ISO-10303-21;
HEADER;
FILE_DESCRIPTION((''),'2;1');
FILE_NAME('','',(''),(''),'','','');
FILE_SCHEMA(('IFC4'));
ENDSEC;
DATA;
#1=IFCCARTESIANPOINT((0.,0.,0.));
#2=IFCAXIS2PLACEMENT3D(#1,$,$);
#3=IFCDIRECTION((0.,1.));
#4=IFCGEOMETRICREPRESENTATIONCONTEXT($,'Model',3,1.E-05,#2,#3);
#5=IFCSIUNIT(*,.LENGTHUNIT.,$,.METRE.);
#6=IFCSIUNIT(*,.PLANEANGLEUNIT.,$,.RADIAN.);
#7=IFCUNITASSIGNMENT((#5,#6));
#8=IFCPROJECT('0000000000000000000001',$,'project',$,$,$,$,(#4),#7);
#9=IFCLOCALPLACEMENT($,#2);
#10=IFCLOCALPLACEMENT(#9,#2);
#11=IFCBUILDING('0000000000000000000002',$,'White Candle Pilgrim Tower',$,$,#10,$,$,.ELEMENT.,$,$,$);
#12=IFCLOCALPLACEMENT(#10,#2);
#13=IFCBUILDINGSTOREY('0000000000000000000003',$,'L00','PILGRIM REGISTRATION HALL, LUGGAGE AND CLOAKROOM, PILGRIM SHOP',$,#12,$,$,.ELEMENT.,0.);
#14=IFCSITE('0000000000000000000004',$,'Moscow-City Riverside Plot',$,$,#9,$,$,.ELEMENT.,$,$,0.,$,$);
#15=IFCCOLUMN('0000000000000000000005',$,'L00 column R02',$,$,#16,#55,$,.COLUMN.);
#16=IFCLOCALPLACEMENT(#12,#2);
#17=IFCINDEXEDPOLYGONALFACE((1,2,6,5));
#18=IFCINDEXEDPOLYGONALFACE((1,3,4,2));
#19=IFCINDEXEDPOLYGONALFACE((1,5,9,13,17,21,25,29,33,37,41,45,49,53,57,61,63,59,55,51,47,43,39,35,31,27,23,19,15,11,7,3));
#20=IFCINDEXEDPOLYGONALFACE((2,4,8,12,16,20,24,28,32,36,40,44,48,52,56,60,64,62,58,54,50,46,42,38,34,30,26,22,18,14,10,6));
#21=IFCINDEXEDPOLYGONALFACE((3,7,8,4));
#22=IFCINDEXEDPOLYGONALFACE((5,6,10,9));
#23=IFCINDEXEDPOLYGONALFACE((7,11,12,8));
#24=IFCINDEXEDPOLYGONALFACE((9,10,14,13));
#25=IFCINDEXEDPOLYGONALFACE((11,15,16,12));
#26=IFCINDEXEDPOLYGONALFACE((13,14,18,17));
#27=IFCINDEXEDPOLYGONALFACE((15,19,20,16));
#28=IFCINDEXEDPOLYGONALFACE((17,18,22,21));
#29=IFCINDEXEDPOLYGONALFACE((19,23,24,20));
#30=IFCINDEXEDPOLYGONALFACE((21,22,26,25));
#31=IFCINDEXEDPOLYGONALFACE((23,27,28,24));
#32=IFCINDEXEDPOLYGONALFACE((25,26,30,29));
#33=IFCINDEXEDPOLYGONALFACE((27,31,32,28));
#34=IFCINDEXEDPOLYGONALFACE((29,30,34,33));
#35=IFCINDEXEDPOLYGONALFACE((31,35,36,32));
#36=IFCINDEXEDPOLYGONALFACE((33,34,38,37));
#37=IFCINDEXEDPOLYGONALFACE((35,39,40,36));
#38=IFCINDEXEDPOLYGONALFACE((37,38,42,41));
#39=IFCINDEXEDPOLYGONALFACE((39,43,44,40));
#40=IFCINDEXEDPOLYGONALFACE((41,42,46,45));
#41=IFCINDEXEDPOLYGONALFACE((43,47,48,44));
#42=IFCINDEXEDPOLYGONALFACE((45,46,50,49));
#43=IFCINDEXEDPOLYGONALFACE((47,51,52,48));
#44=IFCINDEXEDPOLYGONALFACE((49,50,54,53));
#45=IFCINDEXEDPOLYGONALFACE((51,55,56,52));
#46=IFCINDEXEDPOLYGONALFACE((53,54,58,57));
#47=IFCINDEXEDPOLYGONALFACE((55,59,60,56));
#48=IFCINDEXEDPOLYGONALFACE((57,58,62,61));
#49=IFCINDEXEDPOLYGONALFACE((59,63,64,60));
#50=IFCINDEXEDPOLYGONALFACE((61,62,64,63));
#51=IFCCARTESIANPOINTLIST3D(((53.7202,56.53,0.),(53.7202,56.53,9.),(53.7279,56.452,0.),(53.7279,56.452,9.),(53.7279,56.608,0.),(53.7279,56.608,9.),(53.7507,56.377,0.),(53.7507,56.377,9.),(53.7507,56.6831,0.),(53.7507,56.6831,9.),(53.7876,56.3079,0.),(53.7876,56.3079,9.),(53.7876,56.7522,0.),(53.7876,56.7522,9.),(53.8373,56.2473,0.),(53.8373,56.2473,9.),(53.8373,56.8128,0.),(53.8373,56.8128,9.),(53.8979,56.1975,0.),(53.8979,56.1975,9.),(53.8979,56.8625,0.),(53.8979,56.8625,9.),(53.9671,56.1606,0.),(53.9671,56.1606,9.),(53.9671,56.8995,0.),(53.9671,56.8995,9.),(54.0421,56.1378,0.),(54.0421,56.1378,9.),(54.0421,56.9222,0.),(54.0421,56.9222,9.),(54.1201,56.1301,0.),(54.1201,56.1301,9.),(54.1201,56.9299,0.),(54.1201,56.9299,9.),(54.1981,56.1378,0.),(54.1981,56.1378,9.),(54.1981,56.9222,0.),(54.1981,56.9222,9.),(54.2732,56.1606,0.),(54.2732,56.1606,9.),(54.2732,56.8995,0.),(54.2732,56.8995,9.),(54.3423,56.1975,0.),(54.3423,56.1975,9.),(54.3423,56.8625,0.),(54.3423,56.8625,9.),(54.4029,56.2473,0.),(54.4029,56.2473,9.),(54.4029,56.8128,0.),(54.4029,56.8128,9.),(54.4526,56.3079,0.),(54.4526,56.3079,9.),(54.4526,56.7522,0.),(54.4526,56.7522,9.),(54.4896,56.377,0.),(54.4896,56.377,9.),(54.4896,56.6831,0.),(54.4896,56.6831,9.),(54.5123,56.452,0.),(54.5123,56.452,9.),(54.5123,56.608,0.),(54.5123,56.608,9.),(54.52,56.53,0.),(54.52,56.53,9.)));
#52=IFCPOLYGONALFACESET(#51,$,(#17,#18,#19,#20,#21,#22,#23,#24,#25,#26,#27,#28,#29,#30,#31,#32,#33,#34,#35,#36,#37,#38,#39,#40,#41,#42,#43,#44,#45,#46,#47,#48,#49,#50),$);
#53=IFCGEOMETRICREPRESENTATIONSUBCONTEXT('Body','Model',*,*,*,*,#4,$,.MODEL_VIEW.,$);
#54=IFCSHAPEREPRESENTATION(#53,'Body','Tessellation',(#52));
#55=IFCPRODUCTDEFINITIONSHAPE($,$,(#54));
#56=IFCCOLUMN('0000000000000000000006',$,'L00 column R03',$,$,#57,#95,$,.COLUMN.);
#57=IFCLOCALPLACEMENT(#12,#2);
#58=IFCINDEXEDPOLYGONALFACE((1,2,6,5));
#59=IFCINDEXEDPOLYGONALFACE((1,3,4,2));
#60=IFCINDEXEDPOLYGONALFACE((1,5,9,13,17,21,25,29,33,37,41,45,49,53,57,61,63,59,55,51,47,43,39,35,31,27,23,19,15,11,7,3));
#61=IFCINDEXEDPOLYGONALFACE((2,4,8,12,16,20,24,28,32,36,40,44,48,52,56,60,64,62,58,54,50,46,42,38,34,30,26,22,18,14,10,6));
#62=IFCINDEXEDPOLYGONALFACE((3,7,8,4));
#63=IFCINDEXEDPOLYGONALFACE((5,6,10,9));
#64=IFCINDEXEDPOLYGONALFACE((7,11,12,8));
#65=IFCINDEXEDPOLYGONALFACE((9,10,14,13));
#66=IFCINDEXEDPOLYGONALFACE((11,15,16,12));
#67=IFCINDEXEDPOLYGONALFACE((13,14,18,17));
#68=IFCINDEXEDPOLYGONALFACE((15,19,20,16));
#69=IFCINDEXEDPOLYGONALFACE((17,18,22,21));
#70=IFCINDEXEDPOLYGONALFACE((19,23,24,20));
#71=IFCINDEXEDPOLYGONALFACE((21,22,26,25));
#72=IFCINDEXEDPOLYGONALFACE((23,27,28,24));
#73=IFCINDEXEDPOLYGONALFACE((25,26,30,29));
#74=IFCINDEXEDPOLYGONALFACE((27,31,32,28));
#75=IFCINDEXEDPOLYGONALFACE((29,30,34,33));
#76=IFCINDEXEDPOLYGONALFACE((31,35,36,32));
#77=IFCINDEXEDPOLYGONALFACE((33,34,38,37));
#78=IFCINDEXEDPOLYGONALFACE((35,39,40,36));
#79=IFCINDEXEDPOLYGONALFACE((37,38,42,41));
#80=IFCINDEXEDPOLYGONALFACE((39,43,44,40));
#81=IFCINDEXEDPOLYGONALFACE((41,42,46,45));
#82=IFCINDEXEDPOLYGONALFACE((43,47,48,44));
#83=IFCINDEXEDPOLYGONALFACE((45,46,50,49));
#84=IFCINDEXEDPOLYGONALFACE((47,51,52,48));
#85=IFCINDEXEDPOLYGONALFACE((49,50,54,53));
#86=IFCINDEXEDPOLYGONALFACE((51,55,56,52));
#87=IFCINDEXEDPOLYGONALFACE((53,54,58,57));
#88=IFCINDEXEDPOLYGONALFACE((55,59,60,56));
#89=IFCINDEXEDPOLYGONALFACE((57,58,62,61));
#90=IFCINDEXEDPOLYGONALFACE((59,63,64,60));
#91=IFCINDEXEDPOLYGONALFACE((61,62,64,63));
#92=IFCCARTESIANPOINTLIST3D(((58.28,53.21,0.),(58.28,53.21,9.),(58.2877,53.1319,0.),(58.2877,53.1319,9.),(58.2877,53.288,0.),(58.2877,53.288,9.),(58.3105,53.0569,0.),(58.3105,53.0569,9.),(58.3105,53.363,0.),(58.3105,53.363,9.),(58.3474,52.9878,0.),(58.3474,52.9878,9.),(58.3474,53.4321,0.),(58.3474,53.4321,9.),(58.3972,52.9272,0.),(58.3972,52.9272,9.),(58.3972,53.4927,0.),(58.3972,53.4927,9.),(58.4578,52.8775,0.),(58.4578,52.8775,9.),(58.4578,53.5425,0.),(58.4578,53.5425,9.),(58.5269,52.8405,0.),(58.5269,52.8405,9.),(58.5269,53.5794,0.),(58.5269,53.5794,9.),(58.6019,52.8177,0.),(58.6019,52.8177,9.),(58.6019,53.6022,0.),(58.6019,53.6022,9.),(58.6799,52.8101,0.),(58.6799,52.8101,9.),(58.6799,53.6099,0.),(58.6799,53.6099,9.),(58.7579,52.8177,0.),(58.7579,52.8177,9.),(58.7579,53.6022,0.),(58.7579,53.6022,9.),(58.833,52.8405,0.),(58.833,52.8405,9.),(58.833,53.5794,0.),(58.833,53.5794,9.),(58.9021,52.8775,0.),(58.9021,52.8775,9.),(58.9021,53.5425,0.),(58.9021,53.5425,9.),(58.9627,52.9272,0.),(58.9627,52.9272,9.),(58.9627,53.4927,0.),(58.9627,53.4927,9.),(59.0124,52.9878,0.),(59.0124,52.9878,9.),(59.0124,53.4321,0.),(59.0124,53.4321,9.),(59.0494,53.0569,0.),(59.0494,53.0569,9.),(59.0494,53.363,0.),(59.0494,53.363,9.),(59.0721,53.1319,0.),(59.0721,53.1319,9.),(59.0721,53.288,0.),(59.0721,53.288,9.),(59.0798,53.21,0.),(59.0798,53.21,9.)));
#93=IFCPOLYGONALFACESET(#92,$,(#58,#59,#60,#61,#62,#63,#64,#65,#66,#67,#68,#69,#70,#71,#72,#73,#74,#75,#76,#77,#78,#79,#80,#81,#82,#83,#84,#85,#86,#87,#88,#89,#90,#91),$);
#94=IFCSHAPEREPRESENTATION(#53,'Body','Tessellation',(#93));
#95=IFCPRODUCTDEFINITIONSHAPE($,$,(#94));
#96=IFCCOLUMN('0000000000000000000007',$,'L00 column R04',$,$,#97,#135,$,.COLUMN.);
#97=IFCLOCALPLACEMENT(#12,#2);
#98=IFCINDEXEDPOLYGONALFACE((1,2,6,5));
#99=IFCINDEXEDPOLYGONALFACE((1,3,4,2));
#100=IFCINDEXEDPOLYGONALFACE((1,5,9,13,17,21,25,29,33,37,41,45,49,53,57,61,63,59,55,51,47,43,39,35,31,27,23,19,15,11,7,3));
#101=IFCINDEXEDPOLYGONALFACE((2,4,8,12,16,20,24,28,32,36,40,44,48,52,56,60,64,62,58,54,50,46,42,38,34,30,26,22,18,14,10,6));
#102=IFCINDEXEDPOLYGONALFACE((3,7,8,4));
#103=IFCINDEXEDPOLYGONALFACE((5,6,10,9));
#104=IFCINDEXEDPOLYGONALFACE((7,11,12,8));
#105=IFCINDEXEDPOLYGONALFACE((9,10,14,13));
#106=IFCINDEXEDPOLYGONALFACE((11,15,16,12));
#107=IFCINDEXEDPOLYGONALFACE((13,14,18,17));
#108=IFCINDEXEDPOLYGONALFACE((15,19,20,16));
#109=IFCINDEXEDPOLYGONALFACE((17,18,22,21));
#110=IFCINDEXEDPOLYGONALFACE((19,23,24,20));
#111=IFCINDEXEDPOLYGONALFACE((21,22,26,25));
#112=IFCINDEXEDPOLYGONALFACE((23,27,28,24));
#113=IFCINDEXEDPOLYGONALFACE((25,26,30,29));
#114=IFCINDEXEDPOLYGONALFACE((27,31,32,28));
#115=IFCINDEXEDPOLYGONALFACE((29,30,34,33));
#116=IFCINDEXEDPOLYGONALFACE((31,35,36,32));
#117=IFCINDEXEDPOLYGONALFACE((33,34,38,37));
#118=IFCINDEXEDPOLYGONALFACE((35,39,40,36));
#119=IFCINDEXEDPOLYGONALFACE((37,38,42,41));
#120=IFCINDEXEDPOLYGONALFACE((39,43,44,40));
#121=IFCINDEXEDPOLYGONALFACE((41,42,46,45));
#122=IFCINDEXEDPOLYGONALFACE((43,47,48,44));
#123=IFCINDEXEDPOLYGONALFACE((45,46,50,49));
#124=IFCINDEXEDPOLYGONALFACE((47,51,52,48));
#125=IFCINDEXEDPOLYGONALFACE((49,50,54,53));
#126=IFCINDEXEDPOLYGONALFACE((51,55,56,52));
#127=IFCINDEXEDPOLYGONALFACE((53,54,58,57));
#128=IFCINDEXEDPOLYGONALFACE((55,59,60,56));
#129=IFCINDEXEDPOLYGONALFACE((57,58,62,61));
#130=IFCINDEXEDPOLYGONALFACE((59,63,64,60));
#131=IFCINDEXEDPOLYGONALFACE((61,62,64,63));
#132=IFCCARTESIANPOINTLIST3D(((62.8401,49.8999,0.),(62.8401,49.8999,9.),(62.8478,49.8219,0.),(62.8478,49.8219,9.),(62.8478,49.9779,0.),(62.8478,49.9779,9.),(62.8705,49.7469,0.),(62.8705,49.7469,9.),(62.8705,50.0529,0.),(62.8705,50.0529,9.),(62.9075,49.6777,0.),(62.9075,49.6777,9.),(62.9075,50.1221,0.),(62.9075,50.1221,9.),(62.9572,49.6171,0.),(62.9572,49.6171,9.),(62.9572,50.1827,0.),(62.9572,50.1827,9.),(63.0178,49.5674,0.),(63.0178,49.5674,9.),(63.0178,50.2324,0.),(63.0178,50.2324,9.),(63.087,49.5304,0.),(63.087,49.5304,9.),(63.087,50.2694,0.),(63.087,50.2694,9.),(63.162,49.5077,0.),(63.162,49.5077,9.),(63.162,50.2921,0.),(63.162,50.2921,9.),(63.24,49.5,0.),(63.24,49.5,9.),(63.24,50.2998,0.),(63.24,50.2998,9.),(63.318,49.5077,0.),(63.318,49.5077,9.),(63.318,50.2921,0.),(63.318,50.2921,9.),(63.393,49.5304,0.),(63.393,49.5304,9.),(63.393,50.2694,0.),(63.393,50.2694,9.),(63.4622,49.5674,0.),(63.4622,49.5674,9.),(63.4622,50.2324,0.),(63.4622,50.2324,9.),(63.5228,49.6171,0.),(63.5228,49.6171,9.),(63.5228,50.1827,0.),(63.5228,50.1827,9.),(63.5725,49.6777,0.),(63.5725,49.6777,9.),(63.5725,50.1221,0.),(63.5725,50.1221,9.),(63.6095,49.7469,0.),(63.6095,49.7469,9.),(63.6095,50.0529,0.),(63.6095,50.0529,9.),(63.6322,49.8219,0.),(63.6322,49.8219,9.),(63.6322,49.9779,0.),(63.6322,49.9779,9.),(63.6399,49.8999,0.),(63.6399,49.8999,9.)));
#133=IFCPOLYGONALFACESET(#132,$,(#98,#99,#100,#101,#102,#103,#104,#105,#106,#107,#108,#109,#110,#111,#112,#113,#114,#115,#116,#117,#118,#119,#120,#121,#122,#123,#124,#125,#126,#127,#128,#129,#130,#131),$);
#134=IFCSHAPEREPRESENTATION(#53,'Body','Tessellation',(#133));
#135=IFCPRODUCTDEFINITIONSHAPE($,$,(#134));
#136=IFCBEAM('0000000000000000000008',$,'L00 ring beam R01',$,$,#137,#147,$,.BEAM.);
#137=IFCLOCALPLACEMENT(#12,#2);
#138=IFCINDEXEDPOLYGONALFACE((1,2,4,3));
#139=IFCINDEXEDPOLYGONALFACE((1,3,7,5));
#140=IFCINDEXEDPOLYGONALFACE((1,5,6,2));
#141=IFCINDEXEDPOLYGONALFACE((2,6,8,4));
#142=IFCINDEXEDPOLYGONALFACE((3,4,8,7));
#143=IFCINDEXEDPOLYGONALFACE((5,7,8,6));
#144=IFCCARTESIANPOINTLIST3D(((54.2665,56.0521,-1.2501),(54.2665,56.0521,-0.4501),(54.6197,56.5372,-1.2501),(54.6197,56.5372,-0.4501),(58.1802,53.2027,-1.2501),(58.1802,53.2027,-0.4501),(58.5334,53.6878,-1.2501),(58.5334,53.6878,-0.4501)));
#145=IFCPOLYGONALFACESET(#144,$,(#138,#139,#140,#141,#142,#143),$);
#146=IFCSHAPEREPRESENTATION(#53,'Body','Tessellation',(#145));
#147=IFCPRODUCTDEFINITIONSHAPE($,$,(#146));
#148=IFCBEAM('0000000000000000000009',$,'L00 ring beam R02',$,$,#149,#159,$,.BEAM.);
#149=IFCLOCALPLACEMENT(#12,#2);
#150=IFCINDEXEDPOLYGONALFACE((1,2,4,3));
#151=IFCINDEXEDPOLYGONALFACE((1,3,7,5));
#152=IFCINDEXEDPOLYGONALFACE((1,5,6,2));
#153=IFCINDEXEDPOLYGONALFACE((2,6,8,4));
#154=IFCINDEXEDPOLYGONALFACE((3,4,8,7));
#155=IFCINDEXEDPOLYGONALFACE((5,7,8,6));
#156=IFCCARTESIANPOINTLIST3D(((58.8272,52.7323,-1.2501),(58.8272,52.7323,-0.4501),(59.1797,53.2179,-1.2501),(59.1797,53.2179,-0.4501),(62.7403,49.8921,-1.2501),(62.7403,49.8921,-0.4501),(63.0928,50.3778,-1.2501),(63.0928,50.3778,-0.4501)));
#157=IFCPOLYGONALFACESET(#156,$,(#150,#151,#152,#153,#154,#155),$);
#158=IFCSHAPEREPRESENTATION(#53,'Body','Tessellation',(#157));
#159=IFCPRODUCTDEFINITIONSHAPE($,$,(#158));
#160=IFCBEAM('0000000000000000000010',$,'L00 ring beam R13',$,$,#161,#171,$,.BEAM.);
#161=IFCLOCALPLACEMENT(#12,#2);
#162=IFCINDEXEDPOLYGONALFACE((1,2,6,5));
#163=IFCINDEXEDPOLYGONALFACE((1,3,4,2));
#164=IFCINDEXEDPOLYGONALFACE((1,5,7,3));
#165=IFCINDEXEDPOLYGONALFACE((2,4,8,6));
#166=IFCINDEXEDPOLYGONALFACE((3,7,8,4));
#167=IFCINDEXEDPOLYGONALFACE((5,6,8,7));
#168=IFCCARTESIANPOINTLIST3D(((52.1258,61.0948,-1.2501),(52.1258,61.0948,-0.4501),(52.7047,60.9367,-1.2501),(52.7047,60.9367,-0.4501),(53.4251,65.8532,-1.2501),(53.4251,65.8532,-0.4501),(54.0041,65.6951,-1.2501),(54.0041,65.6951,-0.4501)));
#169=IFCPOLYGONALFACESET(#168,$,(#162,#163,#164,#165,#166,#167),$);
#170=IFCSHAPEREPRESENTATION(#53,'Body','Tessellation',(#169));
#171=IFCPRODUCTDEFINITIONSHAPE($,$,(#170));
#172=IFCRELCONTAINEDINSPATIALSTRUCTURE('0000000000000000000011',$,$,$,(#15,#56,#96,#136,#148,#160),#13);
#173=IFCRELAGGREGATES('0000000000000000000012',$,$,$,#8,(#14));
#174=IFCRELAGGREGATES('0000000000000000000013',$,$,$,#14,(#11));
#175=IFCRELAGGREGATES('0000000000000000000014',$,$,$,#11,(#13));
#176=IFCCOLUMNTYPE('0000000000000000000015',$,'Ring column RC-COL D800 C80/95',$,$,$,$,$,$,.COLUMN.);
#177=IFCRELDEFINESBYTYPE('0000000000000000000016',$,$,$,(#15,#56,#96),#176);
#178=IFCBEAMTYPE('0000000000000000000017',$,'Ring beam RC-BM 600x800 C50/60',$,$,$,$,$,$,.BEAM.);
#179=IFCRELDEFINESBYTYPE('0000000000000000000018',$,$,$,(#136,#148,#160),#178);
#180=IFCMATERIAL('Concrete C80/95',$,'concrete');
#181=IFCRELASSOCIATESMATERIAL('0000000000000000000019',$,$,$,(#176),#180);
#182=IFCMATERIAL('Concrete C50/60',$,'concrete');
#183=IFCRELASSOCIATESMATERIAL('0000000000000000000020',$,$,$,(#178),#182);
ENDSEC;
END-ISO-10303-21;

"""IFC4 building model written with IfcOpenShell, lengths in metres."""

from ifc_helpers import new_model, si_unit, direction, frame, origin, origin_2d, place, context, subcontext, project, spatial, rectangle, circle, extrude, material, material_profile, profile_set, type_object, element, save


model = new_model("IFC4")

# Units and contexts
model_context = context("Model", 3, precision=1e-05, world=origin(), true_north=direction((0.0, 1.0)))
body_context = subcontext(model_context, "Body", "Model", "MODEL_VIEW")
ifc_project = project(units=[si_unit("LENGTHUNIT", "METRE"), si_unit("PLANEANGLEUNIT", "RADIAN")], contexts=[model_context])

# Site, building, storey
site_placement = place(None, origin())
site = spatial("IfcSite", under=ifc_project, at=site_placement, Name="Moscow-City Riverside Plot", CompositionType="ELEMENT", RefElevation=0.0)
building_placement = place(site_placement, origin())
building = spatial("IfcBuilding", under=site, at=building_placement, Name="White Candle Pilgrim Tower", CompositionType="ELEMENT")
storey_placement = place(building_placement, origin())
storey = spatial("IfcBuildingStorey", under=building, at=storey_placement, Name="L00", Description="PILGRIM REGISTRATION HALL, LUGGAGE AND CLOAKROOM, PILGRIM SHOP", CompositionType="ELEMENT", Elevation=0.0)

# Columns
ifc_material_1 = material(Name="Concrete C80/95", Category="concrete")
ifc_material_profile_1 = material_profile(ifc_material_1, circle(Radius=0.3999, at=origin_2d()), Name="RC-COL D800")
ifc_profile_set_1 = profile_set([ifc_material_profile_1], Name="Concrete C80/95")
column_type = type_object("IfcColumnType", Name="Ring column RC-COL D800 C80/95", PredefinedType="COLUMN", material=ifc_profile_set_1)
for number, where, z_axis, x_axis, name in (
    (1, (54.1201, 56.53, 0.0), (0.0, 0.0, 1.0), (1.0, 0.0, 0.0), "L00 column R02"),
    (2, (58.6799, 53.21, 0.0), (0.0, 0.0, 1.0), (1.0, 0.0, 0.0), "L00 column R03"),
    (3, (63.24, 49.8999, 0.0), (0.0, 0.0, 1.0), (1.0, 0.0, 0.0), "L00 column R04"),
):
    element("IfcColumn", number, at=place(storey_placement, frame(where, z_axis=z_axis, x_axis=x_axis)), inside=storey, type_object=column_type, Name=name, PredefinedType="COLUMN", context=body_context, shape_type="SweptSolid", body=[
        extrude(circle(Radius=0.3999, at=origin_2d()), origin(), (0.0, 0.0, 1.0), 9.0),
    ])

# Beams
ifc_material_2 = material(Name="Concrete C50/60", Category="concrete")
ifc_material_profile_2 = material_profile(ifc_material_2, rectangle(XDim=0.6001, YDim=0.8, at=origin_2d()), Name="RC-BM 600x800")
ifc_profile_set_2 = profile_set([ifc_material_profile_2], Name="Concrete C50/60")
beam_type = type_object("IfcBeamType", Name="Ring beam RC-BM 600x800 C50/60", PredefinedType="BEAM", material=ifc_profile_set_2)
beam_1_placement = place(storey_placement, frame((54.4431, 56.2947, -0.8501), z_axis=(0.808428, -0.588594, 0.0), x_axis=(0.588594, 0.808428, 0.0)))
element("IfcBeam", 4, at=beam_1_placement, inside=storey, type_object=beam_type, Name="L00 ring beam R01", PredefinedType="BEAM", context=body_context, shape_type="SweptSolid", body=[
    extrude(rectangle(XDim=0.6001, YDim=0.8, at=origin_2d()), origin(), (0.0, 0.0, 1.0), 4.8411),
])
beam_2_placement = place(storey_placement, frame((59.0034, 52.9751, -0.8501), z_axis=(0.809306, -0.587388, 0.0), x_axis=(0.587388, 0.809306, 0.0)))
element("IfcBeam", 5, at=beam_2_placement, inside=storey, type_object=beam_type, Name="L00 ring beam R02", PredefinedType="BEAM", context=body_context, shape_type="SweptSolid", body=[
    extrude(rectangle(XDim=0.6001, YDim=0.8, at=origin_2d()), origin(), (0.0, 0.0, 1.0), 4.8352),
])
beam_3_placement = place(storey_placement, frame((53.7146, 65.7742, -0.8501), z_axis=(-0.263419, -0.964682, 0.0), x_axis=(0.964682, -0.263419, 0.0)))
element("IfcBeam", 6, at=beam_3_placement, inside=storey, type_object=beam_type, Name="L00 ring beam R13", PredefinedType="BEAM", context=body_context, shape_type="SweptSolid", body=[
    extrude(rectangle(XDim=0.6001, YDim=0.8, at=origin_2d()), origin(), (0.0, 0.0, 1.0), 4.9326),
])

save(model, "model.ifc")
